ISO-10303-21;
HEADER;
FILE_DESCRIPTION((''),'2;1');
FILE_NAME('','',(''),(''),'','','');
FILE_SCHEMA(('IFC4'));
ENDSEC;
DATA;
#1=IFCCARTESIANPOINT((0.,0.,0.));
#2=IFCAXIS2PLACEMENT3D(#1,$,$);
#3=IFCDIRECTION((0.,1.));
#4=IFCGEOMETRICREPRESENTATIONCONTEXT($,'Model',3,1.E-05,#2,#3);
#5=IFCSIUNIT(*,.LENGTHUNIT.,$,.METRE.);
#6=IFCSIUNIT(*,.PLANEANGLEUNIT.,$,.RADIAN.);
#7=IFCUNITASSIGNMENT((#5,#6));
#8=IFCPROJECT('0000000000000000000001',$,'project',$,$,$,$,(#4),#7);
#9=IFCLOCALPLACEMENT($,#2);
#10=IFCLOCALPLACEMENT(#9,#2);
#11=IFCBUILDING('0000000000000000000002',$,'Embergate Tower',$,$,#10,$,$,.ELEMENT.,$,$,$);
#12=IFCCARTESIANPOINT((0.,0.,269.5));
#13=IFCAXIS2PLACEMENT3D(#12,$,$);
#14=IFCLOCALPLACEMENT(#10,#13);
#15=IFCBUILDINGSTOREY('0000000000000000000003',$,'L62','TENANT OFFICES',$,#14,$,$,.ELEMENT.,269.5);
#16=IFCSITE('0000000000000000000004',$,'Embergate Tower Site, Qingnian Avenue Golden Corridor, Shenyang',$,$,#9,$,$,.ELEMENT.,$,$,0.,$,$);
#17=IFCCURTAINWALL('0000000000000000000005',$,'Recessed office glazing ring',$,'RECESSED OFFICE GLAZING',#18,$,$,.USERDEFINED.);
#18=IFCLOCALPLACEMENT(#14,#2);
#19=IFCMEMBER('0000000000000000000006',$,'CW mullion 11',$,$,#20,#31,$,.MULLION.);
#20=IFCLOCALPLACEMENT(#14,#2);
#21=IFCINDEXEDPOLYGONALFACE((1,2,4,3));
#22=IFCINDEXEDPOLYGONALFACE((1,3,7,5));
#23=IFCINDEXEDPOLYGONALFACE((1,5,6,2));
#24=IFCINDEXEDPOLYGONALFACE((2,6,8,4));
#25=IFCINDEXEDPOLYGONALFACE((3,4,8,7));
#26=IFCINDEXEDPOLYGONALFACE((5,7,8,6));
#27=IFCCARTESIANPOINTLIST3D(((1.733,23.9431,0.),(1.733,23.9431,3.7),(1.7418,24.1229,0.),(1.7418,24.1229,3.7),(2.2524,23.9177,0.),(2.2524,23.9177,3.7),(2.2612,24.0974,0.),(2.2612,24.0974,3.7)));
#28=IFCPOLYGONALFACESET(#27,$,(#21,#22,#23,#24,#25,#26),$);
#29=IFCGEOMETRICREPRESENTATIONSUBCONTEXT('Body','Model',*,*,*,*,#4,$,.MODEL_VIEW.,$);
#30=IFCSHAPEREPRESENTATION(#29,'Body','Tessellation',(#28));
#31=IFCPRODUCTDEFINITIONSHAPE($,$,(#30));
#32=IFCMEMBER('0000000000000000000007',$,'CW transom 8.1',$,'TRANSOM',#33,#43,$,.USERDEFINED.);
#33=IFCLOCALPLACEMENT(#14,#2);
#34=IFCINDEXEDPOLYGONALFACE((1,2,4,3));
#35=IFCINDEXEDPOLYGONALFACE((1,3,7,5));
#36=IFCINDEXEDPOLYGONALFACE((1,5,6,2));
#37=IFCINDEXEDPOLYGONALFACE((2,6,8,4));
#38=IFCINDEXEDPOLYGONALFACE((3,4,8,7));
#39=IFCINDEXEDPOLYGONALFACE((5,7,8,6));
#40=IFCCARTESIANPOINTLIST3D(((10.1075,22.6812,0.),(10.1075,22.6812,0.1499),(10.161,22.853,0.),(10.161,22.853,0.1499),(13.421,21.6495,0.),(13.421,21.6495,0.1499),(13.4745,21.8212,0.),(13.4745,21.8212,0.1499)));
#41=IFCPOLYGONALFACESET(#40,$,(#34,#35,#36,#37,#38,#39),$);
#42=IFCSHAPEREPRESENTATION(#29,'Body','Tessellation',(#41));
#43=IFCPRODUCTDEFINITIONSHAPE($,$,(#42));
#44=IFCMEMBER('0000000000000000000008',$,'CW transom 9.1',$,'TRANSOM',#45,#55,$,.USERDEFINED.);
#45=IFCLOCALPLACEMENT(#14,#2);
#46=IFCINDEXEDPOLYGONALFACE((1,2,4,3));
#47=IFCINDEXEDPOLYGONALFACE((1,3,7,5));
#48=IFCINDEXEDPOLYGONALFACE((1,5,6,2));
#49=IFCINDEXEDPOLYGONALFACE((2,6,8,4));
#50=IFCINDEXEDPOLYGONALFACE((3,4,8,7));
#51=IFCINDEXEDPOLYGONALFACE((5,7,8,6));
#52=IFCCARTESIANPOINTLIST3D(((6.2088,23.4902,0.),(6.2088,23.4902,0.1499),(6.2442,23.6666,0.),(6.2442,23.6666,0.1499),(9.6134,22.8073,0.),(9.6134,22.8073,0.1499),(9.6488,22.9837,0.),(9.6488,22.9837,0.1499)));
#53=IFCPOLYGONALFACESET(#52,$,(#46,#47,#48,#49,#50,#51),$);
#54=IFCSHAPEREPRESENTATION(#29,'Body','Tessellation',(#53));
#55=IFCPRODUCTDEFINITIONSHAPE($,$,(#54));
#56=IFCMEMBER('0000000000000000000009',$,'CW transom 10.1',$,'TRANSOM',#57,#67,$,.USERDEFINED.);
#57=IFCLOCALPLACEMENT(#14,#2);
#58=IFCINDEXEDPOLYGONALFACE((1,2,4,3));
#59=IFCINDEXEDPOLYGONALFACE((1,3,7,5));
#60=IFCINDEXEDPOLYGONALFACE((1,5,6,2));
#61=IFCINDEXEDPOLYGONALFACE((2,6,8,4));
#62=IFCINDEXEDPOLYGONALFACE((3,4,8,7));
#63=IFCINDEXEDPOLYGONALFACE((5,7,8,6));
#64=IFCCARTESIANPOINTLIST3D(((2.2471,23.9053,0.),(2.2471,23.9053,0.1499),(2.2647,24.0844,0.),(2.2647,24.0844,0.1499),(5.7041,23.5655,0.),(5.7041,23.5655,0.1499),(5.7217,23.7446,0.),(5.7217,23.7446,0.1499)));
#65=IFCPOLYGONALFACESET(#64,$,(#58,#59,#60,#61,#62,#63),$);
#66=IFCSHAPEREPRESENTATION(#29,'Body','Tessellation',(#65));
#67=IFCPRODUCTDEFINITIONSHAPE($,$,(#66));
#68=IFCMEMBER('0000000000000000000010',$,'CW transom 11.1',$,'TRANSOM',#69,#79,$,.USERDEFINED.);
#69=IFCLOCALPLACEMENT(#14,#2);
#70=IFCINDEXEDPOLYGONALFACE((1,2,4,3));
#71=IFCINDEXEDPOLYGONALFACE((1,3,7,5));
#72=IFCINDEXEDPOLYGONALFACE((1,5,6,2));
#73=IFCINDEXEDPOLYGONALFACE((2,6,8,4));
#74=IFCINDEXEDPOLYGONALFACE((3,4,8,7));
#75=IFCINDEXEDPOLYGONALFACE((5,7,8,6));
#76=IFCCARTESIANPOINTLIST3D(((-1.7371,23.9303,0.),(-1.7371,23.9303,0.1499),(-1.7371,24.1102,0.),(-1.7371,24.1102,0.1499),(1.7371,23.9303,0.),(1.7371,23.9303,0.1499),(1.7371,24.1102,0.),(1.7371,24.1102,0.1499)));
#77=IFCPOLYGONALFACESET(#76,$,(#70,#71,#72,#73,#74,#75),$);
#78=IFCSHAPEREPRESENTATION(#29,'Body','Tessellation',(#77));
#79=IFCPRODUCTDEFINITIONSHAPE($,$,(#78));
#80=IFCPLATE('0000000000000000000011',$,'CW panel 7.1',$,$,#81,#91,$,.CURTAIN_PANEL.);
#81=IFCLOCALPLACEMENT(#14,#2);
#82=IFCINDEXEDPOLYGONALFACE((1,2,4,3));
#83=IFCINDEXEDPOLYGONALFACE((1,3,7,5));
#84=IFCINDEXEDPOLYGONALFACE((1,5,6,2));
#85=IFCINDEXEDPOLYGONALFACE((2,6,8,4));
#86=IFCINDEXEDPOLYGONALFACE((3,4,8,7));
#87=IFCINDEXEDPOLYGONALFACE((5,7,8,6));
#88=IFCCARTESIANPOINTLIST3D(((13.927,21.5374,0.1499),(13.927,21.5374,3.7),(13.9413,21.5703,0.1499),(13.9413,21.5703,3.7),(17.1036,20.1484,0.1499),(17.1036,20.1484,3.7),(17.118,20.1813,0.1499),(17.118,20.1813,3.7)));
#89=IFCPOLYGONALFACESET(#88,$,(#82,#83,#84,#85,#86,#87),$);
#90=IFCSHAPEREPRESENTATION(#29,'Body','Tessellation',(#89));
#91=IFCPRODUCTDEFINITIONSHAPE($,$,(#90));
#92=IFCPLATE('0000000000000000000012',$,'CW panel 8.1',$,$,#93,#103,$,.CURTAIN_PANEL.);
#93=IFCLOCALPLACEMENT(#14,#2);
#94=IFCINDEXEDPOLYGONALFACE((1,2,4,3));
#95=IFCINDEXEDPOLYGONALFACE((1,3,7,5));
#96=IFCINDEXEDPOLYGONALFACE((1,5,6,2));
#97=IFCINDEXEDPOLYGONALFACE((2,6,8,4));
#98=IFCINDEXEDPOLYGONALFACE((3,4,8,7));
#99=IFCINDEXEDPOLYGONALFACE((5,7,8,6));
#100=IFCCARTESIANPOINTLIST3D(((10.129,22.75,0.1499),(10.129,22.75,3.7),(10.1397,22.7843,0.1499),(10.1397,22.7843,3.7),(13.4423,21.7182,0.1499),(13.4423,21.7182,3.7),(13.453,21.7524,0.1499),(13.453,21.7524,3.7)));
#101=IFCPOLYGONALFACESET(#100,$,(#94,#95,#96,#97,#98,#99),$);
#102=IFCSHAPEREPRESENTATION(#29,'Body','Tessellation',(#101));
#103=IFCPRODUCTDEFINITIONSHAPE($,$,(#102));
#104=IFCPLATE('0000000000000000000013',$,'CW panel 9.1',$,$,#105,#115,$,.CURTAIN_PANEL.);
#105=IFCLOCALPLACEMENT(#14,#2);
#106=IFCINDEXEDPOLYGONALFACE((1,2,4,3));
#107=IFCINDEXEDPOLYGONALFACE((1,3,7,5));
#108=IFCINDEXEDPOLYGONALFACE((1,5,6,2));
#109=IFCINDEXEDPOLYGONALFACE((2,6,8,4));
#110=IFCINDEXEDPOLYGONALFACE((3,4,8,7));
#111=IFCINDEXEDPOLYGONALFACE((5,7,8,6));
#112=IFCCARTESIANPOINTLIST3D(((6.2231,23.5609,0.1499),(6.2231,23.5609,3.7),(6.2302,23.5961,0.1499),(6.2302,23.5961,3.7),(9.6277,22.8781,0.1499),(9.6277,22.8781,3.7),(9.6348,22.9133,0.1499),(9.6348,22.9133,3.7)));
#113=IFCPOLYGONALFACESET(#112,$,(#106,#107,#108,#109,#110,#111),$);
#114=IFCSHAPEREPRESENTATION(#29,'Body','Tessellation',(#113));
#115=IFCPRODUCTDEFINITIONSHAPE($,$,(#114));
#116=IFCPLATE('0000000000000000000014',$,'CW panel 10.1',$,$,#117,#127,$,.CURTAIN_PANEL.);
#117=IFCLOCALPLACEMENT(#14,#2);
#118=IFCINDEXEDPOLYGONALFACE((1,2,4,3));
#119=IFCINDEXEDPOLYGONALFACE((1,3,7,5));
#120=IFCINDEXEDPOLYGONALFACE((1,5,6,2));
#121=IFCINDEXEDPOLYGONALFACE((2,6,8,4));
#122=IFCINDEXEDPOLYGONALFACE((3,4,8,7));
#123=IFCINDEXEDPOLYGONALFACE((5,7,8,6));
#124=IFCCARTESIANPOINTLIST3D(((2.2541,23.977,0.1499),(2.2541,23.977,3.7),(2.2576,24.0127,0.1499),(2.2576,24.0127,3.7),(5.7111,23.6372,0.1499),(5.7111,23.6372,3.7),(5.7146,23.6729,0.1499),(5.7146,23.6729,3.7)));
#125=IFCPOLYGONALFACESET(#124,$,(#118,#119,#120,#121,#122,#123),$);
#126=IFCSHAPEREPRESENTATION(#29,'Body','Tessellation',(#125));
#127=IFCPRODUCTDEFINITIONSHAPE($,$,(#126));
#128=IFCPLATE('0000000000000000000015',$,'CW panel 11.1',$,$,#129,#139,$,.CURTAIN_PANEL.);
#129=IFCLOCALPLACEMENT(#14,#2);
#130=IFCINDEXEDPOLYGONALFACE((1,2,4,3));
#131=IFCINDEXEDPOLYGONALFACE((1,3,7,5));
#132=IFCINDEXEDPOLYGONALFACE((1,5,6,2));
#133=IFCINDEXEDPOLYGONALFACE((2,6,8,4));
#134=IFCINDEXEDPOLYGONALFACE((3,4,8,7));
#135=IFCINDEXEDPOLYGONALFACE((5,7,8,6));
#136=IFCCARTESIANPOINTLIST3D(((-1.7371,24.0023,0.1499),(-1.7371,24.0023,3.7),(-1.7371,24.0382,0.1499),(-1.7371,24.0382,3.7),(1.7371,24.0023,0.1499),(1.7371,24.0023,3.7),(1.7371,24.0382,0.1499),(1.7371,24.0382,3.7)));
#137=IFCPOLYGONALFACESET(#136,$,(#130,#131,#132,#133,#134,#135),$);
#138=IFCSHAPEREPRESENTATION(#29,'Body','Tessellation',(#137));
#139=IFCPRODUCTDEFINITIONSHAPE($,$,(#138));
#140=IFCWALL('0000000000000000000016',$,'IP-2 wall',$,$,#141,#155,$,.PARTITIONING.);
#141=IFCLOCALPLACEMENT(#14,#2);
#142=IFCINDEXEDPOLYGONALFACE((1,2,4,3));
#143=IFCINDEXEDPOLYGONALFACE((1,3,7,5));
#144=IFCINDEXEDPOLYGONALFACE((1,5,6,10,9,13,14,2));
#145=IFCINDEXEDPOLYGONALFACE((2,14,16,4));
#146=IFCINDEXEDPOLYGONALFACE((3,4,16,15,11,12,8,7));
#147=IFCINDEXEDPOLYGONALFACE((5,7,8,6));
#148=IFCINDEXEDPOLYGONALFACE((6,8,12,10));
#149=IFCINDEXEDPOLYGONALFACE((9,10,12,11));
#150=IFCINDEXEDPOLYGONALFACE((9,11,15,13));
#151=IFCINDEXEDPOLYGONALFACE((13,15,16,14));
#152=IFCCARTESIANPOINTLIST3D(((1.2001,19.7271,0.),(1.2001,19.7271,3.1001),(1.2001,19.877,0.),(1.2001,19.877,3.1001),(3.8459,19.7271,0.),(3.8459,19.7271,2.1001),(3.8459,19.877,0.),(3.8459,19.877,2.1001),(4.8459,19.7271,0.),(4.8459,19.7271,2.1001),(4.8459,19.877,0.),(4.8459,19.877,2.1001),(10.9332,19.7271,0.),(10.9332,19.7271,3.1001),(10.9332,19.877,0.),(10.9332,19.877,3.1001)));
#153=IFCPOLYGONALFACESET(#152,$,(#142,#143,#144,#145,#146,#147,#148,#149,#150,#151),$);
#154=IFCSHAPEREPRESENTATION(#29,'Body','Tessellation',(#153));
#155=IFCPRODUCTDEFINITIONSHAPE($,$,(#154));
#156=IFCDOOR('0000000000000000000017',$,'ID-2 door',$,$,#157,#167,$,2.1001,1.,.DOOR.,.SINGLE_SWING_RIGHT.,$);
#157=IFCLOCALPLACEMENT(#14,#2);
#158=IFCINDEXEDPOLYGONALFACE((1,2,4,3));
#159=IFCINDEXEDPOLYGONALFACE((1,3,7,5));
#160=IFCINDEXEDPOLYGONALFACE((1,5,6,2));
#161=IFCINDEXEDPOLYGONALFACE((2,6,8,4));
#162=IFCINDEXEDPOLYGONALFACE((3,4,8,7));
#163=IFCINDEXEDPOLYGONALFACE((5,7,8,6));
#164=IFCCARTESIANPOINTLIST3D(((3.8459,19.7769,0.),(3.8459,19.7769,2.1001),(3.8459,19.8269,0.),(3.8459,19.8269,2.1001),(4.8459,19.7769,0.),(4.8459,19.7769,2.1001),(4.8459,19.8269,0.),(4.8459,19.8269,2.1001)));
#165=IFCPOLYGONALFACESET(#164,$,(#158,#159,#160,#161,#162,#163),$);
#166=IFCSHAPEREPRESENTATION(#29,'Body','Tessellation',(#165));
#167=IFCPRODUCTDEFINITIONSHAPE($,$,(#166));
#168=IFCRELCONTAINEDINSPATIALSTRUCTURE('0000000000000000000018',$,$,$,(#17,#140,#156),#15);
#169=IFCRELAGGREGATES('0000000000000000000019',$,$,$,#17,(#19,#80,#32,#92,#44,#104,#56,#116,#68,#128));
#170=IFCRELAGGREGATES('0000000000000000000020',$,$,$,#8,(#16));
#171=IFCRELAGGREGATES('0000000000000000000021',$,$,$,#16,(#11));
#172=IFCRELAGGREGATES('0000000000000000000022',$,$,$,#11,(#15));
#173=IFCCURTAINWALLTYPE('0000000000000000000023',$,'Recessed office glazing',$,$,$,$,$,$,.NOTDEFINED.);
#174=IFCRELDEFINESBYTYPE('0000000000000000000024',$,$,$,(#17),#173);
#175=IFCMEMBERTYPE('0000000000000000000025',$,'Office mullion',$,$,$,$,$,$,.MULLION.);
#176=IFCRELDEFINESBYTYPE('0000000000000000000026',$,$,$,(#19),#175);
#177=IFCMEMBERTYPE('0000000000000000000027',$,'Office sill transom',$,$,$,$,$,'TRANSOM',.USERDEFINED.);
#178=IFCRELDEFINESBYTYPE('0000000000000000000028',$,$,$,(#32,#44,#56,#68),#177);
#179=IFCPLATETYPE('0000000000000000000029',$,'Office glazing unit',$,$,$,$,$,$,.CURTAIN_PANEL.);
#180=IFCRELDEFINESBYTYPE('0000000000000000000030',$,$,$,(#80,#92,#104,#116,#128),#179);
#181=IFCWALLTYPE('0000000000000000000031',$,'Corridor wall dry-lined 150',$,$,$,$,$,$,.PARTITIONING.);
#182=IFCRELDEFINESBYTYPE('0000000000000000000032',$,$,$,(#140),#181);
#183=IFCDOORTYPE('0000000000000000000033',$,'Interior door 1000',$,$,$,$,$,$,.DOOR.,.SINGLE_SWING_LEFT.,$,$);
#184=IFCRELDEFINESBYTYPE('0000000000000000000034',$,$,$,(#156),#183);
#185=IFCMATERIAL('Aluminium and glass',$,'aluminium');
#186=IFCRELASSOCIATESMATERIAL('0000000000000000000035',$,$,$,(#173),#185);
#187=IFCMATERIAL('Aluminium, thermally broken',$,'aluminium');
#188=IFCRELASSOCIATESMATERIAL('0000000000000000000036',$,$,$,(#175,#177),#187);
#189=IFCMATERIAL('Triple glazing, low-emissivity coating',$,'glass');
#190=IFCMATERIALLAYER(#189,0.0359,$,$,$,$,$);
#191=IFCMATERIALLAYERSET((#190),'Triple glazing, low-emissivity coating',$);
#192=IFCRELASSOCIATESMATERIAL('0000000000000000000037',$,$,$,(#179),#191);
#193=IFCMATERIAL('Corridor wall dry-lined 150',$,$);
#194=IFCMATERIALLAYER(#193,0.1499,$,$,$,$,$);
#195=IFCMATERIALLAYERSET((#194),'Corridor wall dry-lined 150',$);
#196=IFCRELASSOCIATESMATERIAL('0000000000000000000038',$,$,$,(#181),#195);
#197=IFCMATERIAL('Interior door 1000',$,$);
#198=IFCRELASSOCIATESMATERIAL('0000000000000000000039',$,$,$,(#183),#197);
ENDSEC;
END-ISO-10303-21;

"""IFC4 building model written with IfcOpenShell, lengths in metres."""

from ifc_helpers import new_model, si_unit, direction, frame, frame_2d, origin, origin_2d, place, context, subcontext, project, spatial, rectangle, extrude, source, transform, mapped, material, layer, layer_set, material_profile, profile_set, type_object, element, fill, aggregate, save


model = new_model("IFC4")

# Units and contexts
model_context = context("Model", 3, precision=1e-05, world=origin(), true_north=direction((0.0, 1.0)))
body_context = subcontext(model_context, "Body", "Model", "MODEL_VIEW")
ifc_project = project(units=[si_unit("LENGTHUNIT", "METRE"), si_unit("PLANEANGLEUNIT", "RADIAN")], contexts=[model_context])

# Site, building, storey
site_placement = place(None, origin())
site = spatial("IfcSite", under=ifc_project, at=site_placement, Name="Embergate Tower Site, Qingnian Avenue Golden Corridor, Shenyang", CompositionType="ELEMENT", RefElevation=0.0)
building_placement = place(site_placement, origin())
building = spatial("IfcBuilding", under=site, at=building_placement, Name="Embergate Tower", CompositionType="ELEMENT")
storey_placement = place(building_placement, frame((0.0, 0.0, 269.5)))
storey = spatial("IfcBuildingStorey", under=building, at=storey_placement, Name="L62", Description="TENANT OFFICES", CompositionType="ELEMENT", Elevation=269.5)

# Curtain wall, members, plates
ifc_material_1 = material(Name="Aluminium and glass", Category="aluminium")
curtain_wall_type = type_object("IfcCurtainWallType", Name="Recessed office glazing", PredefinedType="NOTDEFINED", material=ifc_material_1)
curtain_wall_placement = place(storey_placement, origin())
curtain_wall = element("IfcCurtainWall", 1, at=curtain_wall_placement, inside=storey, type_object=curtain_wall_type, Name="Recessed office glazing ring", ObjectType="RECESSED OFFICE GLAZING", PredefinedType="USERDEFINED")
ifc_material_2 = material(Name="Aluminium, thermally broken", Category="aluminium")
ifc_material_profile_1 = material_profile(ifc_material_2, rectangle(XDim=0.1799, YDim=0.52, at=origin_2d()), Name="AL 520x180")
ifc_profile_set_1 = profile_set([ifc_material_profile_1], Name="Aluminium, thermally broken")
member_type_1 = type_object("IfcMemberType", Name="Office mullion", PredefinedType="MULLION", material=ifc_profile_set_1)
shared_shape_1 = source(origin(), body_context, "Body", "SweptSolid", [
    extrude(rectangle(XDim=0.1799, YDim=0.52, at=origin_2d()), origin(), (0.0, 0.0, 1.0), 3.7),
])
member_1_placement = place(storey_placement, frame((1.9971, 24.0203, 0.0), z_axis=(0.0, 0.0, 1.0), x_axis=(-0.04897, -0.9988, 0.0)))
member_1 = element("IfcMember", 2, at=member_1_placement, type_object=member_type_1, Name="CW mullion 11", PredefinedType="MULLION", context=body_context, shape_type="MappedRepresentation", body=[
    mapped(shared_shape_1, transform((0.0, 0.0, 0.0))),
])
ifc_material_profile_2 = material_profile(ifc_material_2, rectangle(XDim=0.1799, YDim=0.1499, at=origin_2d()), Name="AL 150x180")
ifc_profile_set_2 = profile_set([ifc_material_profile_2], Name="Aluminium, thermally broken")
member_type_2 = type_object("IfcMemberType", Name="Office sill transom", ElementType="TRANSOM", PredefinedType="USERDEFINED", material=ifc_profile_set_2)
shared_shape_2 = source(origin(), body_context, "Body", "SweptSolid", [
    extrude(rectangle(XDim=0.1799, YDim=0.1499, at=origin_2d()), origin(), (0.0, 0.0, 1.0), 3.4705),
])
member_2_placement = place(storey_placement, frame((13.4478, 21.7354, 0.075), z_axis=(-0.954785, 0.297297, 0.0), x_axis=(-0.297297, -0.954785, 0.0)))
member_2 = element("IfcMember", 3, at=member_2_placement, type_object=member_type_2, Name="CW transom 8.1", ObjectType="TRANSOM", PredefinedType="USERDEFINED", context=body_context, shape_type="MappedRepresentation", body=[
    mapped(shared_shape_2, transform((0.0, 0.0, 0.0))),
])
shared_shape_3 = source(origin(), body_context, "Body", "SweptSolid", [
    extrude(rectangle(XDim=0.1799, YDim=0.1499, at=origin_2d()), origin(), (0.0, 0.0, 1.0), 3.4724),
])
member_3_placement = place(storey_placement, frame((9.6311, 22.8955, 0.075), z_axis=(-0.980472, 0.196657, 0.0), x_axis=(-0.196657, -0.980472, 0.0)))
member_3 = element("IfcMember", 4, at=member_3_placement, type_object=member_type_2, Name="CW transom 9.1", ObjectType="TRANSOM", PredefinedType="USERDEFINED", context=body_context, shape_type="MappedRepresentation", body=[
    mapped(shared_shape_3, transform((0.0, 0.0, 0.0))),
])
shared_shape_4 = source(origin(), body_context, "Body", "SweptSolid", [
    extrude(rectangle(XDim=0.1799, YDim=0.1499, at=origin_2d()), origin(), (0.0, 0.0, 1.0), 3.4736),
])
member_4_placement = place(storey_placement, frame((5.7129, 23.655, 0.075), z_axis=(-0.995203, 0.097833, 0.0), x_axis=(-0.097833, -0.995203, 0.0)))
member_4 = element("IfcMember", 5, at=member_4_placement, type_object=member_type_2, Name="CW transom 10.1", ObjectType="TRANSOM", PredefinedType="USERDEFINED", context=body_context, shape_type="MappedRepresentation", body=[
    mapped(shared_shape_4, transform((0.0, 0.0, 0.0))),
])
shared_shape_5 = source(origin(), body_context, "Body", "SweptSolid", [
    extrude(rectangle(XDim=0.1799, YDim=0.1499, at=origin_2d()), origin(), (0.0, 0.0, 1.0), 3.4741),
])
member_5_placement = place(storey_placement, frame((1.7371, 24.0203, 0.075), z_axis=(-1.0, 0.0, 0.0), x_axis=(0.0, -1.0, 0.0)))
member_5 = element("IfcMember", 6, at=member_5_placement, type_object=member_type_2, Name="CW transom 11.1", ObjectType="TRANSOM", PredefinedType="USERDEFINED", context=body_context, shape_type="MappedRepresentation", body=[
    mapped(shared_shape_5, transform((0.0, 0.0, 0.0))),
])
ifc_material_3 = material(Name="Triple glazing, low-emissivity coating", Category="glass")
ifc_layer_1 = layer(ifc_material_3, 0.0359)
ifc_layer_set_1 = layer_set([ifc_layer_1], Name="Triple glazing, low-emissivity coating")
plate_type = type_object("IfcPlateType", Name="Office glazing unit", PredefinedType="CURTAIN_PANEL", material=ifc_layer_set_1)
shared_shape_6 = source(origin(), body_context, "Body", "SweptSolid", [
    extrude(rectangle(XDim=3.467, YDim=0.0359, at=origin_2d()), origin(), (0.0, 0.0, 1.0), 3.55),
])
plate_1_placement = place(storey_placement, frame((15.5225, 20.8594, 0.1499), z_axis=(0.0, 0.0, 1.0), x_axis=(-0.916238, 0.400635, 0.0)))
plate_1 = element("IfcPlate", 7, at=plate_1_placement, type_object=plate_type, Name="CW panel 7.1", PredefinedType="CURTAIN_PANEL", context=body_context, shape_type="MappedRepresentation", body=[
    mapped(shared_shape_6, transform((0.0, 0.0, 0.0))),
])
shared_shape_7 = source(origin(), body_context, "Body", "SweptSolid", [
    extrude(rectangle(XDim=3.4702, YDim=0.0359, at=origin_2d()), origin(), (0.0, 0.0, 1.0), 3.55),
])
plate_2_placement = place(storey_placement, frame((11.791, 22.2512, 0.1499), z_axis=(0.0, 0.0, 1.0), x_axis=(-0.954773, 0.297337, 0.0)))
plate_2 = element("IfcPlate", 8, at=plate_2_placement, type_object=plate_type, Name="CW panel 8.1", PredefinedType="CURTAIN_PANEL", context=body_context, shape_type="MappedRepresentation", body=[
    mapped(shared_shape_7, transform((0.0, 0.0, 0.0))),
])
shared_shape_8 = source(origin(), body_context, "Body", "SweptSolid", [
    extrude(rectangle(XDim=3.4724, YDim=0.0359, at=origin_2d()), origin(), (0.0, 0.0, 1.0), 3.55),
])
plate_3_placement = place(storey_placement, frame((7.929, 23.2371, 0.1499), z_axis=(0.0, 0.0, 1.0), x_axis=(-0.980476, 0.196638, 0.0)))
plate_3 = element("IfcPlate", 9, at=plate_3_placement, type_object=plate_type, Name="CW panel 9.1", PredefinedType="CURTAIN_PANEL", context=body_context, shape_type="MappedRepresentation", body=[
    mapped(shared_shape_8, transform((0.0, 0.0, 0.0))),
])
shared_shape_9 = source(origin(), body_context, "Body", "SweptSolid", [
    extrude(rectangle(XDim=3.4736, YDim=0.0359, at=origin_2d()), origin(), (0.0, 0.0, 1.0), 3.55),
])
plate_4_placement = place(storey_placement, frame((3.9844, 23.825, 0.1499), z_axis=(0.0, 0.0, 1.0), x_axis=(-0.995203, 0.097828, 0.0)))
plate_4 = element("IfcPlate", 10, at=plate_4_placement, type_object=plate_type, Name="CW panel 10.1", PredefinedType="CURTAIN_PANEL", context=body_context, shape_type="MappedRepresentation", body=[
    mapped(shared_shape_9, transform((0.0, 0.0, 0.0))),
])
shared_shape_10 = source(origin(), body_context, "Body", "SweptSolid", [
    extrude(rectangle(XDim=3.4741, YDim=0.0359, at=origin_2d()), origin(), (0.0, 0.0, 1.0), 3.55),
])
plate_5_placement = place(storey_placement, frame((0.0, 24.0203, 0.1499), z_axis=(0.0, 0.0, 1.0), x_axis=(-1.0, 0.0, 0.0)))
plate_5 = element("IfcPlate", 11, at=plate_5_placement, type_object=plate_type, Name="CW panel 11.1", PredefinedType="CURTAIN_PANEL", context=body_context, shape_type="MappedRepresentation", body=[
    mapped(shared_shape_10, transform((0.0, 0.0, 0.0))),
])
aggregate(curtain_wall, [member_1, plate_1, member_2, plate_2, member_3, plate_3, member_4, plate_4, member_5, plate_5])

# Wall, opening, door
ifc_material_4 = material(Name="Corridor wall dry-lined 150")
ifc_layer_2 = layer(ifc_material_4, 0.1499)
ifc_layer_set_2 = layer_set([ifc_layer_2], Name="Corridor wall dry-lined 150")
wall_type_1 = type_object("IfcWallType", Name="Corridor wall dry-lined 150", PredefinedType="PARTITIONING", material=ifc_layer_set_2)
shared_shape_11 = source(origin(), body_context, "Body", "SweptSolid", [
    extrude(rectangle(XDim=9.7332, YDim=0.1499, at=frame_2d((4.8667, 0.0))), origin(), (0.0, 0.0, 1.0), 3.1001),
])
wall_1_placement = place(storey_placement, frame((1.2, 19.802, 0.0), z_axis=(0.0, 0.0, 1.0), x_axis=(1.0, 0.0, 0.0)))
wall_1 = element("IfcWall", 12, at=wall_1_placement, inside=storey, type_object=wall_type_1, Name="IP-2 wall", PredefinedType="PARTITIONING", context=body_context, shape_type="MappedRepresentation", body=[
    mapped(shared_shape_11, transform((0.0, 0.0, 0.0))),
])
shared_shape_12 = source(origin(), body_context, "Body", "SweptSolid", [
    extrude(rectangle(XDim=1.0, YDim=2.1001, at=frame_2d((0.5, 1.05))), frame((0.0, 0.085, 0.0), z_axis=(0.0, -1.0, 0.0), x_axis=(1.0, 0.0, 0.0)), (0.0, 0.0, 1.0), 0.1699),
])
opening_placement = place(wall_1_placement, frame((2.646, 0.0, 0.0)))
opening = element("IfcOpeningElement", 13, at=opening_placement, cuts=wall_1, PredefinedType="OPENING", context=body_context, shape_type="MappedRepresentation", body=[
    mapped(shared_shape_12, transform((0.0, 0.0, 0.0))),
])
ifc_material_5 = material(Name="Interior door 1000")
door_type = type_object("IfcDoorType", Name="Interior door 1000", OperationType="SINGLE_SWING_LEFT", PredefinedType="DOOR", material=ifc_material_5)
shared_shape_13 = source(origin(), body_context, "Body", "SweptSolid", [
    extrude(rectangle(XDim=1.0, YDim=2.1001, at=frame_2d((0.5, 1.05))), frame((0.0, 0.0249, 0.0), z_axis=(0.0, -1.0, 0.0), x_axis=(1.0, 0.0, 0.0)), (0.0, 0.0, 1.0), 0.05),
])
door_placement = place(opening_placement, origin())
door = element("IfcDoor", 14, at=door_placement, inside=storey, type_object=door_type, Name="ID-2 door", OperationType="SINGLE_SWING_RIGHT", OverallHeight=2.1001, OverallWidth=1.0, PredefinedType="DOOR", context=body_context, shape_type="MappedRepresentation", body=[
    mapped(shared_shape_13, transform((0.0, 0.0, 0.0))),
])
fill(opening, door)

save(model, "model.ifc")
